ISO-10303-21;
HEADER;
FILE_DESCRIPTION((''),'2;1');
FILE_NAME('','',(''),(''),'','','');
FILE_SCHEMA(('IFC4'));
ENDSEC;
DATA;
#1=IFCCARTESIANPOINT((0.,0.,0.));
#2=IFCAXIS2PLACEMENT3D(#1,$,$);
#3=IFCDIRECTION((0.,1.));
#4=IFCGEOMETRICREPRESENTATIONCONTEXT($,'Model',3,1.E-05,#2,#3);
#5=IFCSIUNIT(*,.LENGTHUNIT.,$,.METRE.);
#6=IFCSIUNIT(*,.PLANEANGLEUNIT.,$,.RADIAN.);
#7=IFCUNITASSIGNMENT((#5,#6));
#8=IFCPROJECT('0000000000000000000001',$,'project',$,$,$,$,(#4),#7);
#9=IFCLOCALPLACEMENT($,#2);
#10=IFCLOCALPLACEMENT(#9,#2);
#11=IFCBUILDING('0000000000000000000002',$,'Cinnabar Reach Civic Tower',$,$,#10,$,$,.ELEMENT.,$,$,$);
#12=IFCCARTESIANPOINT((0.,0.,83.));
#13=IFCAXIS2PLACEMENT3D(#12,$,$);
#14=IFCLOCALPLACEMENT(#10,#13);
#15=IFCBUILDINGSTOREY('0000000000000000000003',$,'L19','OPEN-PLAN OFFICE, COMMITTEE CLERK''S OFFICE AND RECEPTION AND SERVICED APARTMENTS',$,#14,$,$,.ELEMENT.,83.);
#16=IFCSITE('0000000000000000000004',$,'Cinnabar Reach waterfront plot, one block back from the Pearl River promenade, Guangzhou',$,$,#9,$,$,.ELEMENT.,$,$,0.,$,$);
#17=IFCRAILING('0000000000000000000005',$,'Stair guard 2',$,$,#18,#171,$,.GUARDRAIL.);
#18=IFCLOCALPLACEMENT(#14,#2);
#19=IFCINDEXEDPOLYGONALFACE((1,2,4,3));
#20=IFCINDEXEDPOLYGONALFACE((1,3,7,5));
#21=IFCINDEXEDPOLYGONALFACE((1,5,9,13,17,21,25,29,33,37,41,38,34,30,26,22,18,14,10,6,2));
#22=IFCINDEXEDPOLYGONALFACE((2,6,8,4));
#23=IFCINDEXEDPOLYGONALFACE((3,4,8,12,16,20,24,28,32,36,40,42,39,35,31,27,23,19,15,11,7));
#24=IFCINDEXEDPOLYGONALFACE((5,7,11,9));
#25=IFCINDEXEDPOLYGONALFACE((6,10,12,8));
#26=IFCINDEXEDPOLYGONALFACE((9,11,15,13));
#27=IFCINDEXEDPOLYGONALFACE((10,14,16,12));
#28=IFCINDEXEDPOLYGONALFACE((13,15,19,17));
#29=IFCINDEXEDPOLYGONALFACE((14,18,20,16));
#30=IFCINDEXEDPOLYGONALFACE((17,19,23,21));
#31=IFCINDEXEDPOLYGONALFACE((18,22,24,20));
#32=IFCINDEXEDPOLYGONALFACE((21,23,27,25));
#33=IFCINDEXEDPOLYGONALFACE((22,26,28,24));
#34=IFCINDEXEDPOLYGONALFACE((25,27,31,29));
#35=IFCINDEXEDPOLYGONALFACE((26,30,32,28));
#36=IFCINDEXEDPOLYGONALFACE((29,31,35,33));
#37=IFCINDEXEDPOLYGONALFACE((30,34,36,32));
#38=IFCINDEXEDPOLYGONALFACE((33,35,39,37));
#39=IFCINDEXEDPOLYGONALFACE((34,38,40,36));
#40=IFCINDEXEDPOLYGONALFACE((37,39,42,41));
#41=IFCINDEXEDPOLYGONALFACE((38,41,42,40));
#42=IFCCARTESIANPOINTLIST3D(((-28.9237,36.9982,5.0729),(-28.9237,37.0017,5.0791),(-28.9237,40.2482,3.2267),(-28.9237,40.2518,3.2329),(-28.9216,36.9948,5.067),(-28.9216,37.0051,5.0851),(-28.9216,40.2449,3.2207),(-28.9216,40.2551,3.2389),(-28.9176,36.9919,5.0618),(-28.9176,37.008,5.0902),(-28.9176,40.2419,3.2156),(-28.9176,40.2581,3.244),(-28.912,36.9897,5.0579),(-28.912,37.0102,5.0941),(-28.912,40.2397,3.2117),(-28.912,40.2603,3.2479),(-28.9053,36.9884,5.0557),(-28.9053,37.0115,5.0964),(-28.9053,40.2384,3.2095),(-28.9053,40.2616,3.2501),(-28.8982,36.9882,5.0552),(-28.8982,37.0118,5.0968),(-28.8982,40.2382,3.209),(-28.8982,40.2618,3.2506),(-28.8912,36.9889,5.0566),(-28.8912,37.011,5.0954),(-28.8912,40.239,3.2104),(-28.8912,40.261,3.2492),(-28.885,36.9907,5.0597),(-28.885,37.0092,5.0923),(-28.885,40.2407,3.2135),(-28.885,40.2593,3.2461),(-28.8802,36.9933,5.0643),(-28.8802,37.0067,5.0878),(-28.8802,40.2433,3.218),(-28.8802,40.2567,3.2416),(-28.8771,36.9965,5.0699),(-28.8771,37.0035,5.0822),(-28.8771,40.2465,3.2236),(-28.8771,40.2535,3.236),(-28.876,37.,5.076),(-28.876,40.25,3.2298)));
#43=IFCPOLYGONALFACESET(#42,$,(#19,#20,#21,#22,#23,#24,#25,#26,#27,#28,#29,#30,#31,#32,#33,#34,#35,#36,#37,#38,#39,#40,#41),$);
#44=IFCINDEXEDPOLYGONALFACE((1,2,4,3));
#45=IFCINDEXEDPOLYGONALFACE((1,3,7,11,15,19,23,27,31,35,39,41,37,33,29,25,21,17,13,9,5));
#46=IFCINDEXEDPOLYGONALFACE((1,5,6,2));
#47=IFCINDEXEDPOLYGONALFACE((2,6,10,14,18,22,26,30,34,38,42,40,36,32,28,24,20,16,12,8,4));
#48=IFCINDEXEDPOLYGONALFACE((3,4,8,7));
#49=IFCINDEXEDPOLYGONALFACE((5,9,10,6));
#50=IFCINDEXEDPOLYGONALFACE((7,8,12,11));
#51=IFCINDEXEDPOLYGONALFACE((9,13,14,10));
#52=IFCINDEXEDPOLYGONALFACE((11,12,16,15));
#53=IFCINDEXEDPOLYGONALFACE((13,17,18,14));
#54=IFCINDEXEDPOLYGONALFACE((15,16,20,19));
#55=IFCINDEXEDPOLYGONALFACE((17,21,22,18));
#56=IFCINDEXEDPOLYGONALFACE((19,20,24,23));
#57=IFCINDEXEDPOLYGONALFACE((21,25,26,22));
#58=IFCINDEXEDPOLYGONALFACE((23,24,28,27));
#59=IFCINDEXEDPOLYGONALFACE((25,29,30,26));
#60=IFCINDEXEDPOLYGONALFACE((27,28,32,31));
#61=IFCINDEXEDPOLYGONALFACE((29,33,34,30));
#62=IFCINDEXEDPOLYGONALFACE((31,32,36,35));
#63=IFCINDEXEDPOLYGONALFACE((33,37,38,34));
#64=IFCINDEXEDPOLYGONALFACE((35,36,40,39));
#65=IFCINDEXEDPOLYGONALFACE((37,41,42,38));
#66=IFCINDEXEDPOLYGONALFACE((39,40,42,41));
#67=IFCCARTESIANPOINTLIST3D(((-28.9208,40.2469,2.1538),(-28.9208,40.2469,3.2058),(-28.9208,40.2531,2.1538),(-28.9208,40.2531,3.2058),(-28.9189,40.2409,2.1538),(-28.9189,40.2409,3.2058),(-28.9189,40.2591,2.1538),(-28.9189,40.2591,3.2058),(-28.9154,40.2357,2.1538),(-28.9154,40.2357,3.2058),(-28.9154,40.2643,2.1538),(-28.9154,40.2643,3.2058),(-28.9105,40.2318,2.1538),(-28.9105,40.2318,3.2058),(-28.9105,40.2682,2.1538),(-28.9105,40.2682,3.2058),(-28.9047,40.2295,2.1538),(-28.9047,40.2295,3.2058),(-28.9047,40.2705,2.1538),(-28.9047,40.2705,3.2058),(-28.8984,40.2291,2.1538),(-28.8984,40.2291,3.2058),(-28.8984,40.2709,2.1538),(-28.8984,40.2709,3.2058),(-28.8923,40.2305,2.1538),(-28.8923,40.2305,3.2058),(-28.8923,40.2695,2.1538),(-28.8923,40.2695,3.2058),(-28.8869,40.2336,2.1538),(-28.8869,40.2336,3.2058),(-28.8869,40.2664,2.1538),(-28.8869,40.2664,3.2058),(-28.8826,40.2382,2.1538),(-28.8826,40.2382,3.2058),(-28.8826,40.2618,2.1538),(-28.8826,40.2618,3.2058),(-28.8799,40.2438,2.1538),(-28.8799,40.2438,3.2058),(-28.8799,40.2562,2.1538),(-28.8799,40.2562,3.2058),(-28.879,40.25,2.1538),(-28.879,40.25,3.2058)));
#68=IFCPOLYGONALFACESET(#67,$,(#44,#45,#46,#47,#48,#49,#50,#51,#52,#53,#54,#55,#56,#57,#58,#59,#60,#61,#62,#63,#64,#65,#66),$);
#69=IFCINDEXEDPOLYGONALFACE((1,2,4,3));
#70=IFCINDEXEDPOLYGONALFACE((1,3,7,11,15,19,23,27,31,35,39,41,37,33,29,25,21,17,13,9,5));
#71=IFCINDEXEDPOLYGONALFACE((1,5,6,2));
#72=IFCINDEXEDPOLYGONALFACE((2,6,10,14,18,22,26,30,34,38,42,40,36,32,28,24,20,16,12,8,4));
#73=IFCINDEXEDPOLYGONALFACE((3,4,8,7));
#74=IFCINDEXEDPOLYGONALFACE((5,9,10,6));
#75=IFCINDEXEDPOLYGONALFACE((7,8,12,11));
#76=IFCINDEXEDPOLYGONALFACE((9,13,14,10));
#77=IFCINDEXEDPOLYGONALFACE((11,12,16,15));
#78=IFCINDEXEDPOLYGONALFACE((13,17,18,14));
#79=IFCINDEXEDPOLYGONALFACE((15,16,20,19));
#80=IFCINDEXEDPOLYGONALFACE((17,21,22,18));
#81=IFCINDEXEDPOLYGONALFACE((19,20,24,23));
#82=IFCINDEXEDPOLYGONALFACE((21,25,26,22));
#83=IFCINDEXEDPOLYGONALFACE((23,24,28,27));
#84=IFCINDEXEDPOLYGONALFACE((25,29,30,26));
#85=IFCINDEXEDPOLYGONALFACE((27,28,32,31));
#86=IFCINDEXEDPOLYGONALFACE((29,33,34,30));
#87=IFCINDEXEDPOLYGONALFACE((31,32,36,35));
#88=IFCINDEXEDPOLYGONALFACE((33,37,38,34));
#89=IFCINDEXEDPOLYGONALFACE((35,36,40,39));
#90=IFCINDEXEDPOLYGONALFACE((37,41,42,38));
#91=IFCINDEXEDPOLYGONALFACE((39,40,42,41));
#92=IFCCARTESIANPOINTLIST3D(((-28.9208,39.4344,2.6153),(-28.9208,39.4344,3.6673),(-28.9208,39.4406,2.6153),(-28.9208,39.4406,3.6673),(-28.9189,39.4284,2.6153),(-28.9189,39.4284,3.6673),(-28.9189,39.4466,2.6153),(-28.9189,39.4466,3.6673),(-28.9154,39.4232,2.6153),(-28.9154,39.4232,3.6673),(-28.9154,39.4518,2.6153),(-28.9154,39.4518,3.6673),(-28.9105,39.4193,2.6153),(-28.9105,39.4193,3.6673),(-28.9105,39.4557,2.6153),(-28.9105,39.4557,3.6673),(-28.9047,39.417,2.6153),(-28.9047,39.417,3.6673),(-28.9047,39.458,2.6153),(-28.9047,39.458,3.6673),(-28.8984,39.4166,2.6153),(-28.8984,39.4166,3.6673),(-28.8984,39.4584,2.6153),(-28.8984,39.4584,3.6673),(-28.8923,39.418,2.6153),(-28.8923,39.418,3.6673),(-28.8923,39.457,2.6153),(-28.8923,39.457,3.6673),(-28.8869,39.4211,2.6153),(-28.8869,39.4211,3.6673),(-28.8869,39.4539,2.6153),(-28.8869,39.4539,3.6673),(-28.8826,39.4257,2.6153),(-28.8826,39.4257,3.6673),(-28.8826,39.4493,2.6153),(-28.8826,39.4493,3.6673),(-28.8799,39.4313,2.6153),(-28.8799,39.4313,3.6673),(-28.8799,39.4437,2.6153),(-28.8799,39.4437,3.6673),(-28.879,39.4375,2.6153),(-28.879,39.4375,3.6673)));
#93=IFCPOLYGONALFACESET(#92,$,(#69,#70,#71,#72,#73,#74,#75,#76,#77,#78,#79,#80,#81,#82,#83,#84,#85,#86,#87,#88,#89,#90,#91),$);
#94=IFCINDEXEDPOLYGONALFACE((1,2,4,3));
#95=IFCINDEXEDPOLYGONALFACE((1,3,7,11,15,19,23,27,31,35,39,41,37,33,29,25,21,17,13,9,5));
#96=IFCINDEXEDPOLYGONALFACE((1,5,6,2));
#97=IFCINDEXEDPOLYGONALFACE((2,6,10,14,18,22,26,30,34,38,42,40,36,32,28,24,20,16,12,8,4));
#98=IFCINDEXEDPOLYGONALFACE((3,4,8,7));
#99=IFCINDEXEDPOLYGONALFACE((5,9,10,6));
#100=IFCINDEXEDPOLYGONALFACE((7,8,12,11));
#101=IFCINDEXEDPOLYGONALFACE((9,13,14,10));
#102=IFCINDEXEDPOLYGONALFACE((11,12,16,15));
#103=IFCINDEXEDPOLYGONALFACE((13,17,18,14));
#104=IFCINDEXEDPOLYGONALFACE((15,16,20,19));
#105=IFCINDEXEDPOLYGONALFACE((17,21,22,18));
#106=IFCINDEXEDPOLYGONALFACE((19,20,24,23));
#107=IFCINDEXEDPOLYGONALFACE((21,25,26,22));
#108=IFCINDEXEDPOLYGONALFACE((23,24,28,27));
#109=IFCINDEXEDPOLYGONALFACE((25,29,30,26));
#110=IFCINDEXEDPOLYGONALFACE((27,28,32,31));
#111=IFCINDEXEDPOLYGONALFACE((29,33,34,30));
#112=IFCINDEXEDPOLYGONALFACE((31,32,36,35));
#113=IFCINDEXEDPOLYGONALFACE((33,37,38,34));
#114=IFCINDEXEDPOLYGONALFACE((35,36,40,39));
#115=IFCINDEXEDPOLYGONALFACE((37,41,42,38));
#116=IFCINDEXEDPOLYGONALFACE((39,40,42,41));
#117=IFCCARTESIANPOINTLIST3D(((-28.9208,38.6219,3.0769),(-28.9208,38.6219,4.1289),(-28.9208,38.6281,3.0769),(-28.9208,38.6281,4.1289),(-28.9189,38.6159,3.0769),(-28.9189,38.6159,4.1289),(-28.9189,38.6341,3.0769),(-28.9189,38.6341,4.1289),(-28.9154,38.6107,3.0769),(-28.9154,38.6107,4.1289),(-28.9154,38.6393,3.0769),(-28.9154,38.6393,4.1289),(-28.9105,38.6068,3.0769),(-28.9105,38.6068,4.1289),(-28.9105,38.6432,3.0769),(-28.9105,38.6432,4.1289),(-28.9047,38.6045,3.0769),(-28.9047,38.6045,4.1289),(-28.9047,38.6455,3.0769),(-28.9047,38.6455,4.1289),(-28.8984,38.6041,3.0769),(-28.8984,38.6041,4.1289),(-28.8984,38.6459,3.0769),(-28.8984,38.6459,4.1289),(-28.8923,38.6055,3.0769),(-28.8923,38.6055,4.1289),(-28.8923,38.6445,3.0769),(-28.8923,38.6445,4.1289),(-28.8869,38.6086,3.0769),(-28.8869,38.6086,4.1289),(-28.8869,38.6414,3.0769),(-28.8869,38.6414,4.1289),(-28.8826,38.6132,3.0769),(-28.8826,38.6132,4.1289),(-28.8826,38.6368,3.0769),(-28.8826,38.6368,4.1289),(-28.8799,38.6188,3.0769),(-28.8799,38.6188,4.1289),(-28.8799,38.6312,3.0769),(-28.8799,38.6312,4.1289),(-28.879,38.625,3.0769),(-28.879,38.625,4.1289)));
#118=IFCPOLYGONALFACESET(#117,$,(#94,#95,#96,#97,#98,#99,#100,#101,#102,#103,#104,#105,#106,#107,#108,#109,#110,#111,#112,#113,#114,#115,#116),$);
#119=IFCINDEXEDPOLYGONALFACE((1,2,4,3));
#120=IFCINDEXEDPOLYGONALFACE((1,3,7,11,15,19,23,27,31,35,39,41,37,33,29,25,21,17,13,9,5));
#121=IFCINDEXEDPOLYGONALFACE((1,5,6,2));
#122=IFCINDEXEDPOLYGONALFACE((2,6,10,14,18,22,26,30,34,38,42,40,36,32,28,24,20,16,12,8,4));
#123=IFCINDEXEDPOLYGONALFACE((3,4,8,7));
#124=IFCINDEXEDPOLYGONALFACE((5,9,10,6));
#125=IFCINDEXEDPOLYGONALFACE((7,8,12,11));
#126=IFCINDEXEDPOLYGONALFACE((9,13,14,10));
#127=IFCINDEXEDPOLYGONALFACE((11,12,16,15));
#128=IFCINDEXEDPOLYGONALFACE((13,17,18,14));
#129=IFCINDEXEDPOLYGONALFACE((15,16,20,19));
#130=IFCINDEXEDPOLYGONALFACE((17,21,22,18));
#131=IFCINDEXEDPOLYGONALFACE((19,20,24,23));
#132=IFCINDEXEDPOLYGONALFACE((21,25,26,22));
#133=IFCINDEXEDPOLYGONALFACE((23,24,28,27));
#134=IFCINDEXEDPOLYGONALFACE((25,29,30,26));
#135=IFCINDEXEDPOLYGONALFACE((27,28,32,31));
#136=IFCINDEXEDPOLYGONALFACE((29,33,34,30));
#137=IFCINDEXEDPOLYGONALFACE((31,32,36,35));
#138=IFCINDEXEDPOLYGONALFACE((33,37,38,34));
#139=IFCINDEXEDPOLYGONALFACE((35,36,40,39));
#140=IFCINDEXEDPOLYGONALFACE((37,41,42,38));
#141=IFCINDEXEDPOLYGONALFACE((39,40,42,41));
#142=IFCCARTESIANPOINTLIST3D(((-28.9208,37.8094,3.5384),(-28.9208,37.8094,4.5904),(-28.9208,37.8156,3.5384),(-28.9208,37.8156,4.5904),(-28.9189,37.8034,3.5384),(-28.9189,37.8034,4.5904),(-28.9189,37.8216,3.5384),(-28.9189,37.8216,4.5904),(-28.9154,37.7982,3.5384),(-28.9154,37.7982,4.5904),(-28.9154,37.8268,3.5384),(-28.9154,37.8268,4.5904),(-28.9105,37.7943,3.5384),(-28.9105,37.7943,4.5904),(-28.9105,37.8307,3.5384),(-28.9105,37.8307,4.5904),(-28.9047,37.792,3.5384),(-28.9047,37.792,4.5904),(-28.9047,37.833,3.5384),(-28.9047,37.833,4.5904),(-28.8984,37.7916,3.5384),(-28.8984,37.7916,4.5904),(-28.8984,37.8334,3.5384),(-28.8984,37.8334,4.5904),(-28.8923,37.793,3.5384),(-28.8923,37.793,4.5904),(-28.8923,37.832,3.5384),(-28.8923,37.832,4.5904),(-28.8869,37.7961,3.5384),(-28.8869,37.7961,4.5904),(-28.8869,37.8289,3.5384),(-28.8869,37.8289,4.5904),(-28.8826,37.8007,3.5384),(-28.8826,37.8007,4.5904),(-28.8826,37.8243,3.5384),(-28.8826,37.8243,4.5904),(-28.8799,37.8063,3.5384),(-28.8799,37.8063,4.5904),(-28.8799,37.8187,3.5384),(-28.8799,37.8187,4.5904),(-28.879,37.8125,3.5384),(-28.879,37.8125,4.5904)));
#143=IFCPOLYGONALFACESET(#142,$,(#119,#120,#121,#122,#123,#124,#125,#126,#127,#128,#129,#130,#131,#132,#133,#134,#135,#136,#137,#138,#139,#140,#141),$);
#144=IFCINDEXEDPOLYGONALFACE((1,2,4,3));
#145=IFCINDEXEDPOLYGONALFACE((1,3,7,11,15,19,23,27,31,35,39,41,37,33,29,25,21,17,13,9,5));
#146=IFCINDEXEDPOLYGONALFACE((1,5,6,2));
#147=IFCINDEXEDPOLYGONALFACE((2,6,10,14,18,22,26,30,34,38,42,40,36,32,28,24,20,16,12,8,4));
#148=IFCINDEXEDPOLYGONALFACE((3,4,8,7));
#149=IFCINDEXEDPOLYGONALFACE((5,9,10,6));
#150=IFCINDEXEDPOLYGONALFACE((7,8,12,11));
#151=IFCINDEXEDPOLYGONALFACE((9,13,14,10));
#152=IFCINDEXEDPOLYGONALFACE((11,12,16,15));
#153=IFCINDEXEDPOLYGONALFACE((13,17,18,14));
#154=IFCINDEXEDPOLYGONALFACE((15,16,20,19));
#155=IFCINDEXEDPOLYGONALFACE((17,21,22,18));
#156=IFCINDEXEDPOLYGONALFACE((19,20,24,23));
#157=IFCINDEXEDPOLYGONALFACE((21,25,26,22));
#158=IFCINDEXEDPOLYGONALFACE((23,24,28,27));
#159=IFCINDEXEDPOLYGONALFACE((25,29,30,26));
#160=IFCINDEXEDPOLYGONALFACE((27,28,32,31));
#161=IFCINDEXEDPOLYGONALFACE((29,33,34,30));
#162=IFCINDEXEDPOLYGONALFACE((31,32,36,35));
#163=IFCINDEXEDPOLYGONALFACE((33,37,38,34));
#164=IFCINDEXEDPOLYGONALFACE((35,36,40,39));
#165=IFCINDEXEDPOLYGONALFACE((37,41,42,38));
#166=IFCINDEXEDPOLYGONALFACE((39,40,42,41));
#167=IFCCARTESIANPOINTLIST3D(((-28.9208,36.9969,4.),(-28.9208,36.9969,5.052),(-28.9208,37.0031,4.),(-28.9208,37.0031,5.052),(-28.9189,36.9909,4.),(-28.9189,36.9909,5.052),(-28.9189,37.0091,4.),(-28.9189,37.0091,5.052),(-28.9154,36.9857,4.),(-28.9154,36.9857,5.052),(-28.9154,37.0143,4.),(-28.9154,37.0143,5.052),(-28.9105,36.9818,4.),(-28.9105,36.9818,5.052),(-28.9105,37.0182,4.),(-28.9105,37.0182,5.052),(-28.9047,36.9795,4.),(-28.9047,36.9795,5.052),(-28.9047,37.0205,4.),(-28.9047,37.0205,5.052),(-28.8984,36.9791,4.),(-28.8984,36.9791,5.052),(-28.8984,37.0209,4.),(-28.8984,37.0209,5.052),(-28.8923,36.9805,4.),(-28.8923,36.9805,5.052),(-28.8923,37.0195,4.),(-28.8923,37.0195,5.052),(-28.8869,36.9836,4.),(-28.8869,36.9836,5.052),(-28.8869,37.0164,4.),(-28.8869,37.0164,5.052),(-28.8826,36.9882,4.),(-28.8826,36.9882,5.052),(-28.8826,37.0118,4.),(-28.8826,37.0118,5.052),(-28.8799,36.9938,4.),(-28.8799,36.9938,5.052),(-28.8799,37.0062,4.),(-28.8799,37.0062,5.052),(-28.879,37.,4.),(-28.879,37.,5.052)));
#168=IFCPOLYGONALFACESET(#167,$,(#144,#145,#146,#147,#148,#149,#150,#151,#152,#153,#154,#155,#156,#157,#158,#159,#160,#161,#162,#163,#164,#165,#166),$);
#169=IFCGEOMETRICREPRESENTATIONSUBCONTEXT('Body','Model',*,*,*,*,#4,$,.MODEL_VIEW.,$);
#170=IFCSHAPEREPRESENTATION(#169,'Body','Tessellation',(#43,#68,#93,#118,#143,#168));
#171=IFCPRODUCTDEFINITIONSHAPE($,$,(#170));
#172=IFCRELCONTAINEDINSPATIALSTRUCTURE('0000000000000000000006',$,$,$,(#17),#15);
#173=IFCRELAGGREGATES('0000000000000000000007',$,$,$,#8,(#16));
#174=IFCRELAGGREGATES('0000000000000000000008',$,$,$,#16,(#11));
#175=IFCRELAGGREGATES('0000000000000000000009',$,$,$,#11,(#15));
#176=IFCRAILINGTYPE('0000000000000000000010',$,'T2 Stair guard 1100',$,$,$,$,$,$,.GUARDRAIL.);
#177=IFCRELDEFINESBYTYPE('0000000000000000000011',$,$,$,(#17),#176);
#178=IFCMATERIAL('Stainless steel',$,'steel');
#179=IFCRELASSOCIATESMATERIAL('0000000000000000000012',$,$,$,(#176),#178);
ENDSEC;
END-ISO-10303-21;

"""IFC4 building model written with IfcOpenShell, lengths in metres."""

from ifc_helpers import new_model, si_unit, direction, frame, origin, origin_2d, place, context, subcontext, project, spatial, circle, extrude, material, type_object, element, save


model = new_model("IFC4")

# Units and contexts
model_context = context("Model", 3, precision=1e-05, world=origin(), true_north=direction((0.0, 1.0)))
body_context = subcontext(model_context, "Body", "Model", "MODEL_VIEW")
ifc_project = project(units=[si_unit("LENGTHUNIT", "METRE"), si_unit("PLANEANGLEUNIT", "RADIAN")], contexts=[model_context])

# Site, building, storey
site_placement = place(None, origin())
site = spatial("IfcSite", under=ifc_project, at=site_placement, Name="Cinnabar Reach waterfront plot, one block back from the Pearl River promenade, Guangzhou", CompositionType="ELEMENT", RefElevation=0.0)
building_placement = place(site_placement, origin())
building = spatial("IfcBuilding", under=site, at=building_placement, Name="Cinnabar Reach Civic Tower", CompositionType="ELEMENT")
storey_placement = place(building_placement, frame((0.0, 0.0, 83.0)))
storey = spatial("IfcBuildingStorey", under=building, at=storey_placement, Name="L19", Description="OPEN-PLAN OFFICE, COMMITTEE CLERK'S OFFICE AND RECEPTION AND SERVICED APARTMENTS", CompositionType="ELEMENT", Elevation=83.0)

# Railing
ifc_material_1 = material(Name="Stainless steel", Category="steel")
railing_type_1 = type_object("IfcRailingType", Name="T2 Stair guard 1100", PredefinedType="GUARDRAIL", material=ifc_material_1)
railing_1_placement = place(storey_placement, frame((-28.9, 40.25, 2.1538)))
element("IfcRailing", 1, at=railing_1_placement, inside=storey, type_object=railing_type_1, Name="Stair guard 2", PredefinedType="GUARDRAIL", context=body_context, shape_type="SweptSolid", body=[
    extrude(circle(Radius=0.024, at=origin_2d()), frame((0.0, 0.0, 1.076), z_axis=(0.0, -0.869501, 0.49393), x_axis=(1.0, 0.0, 0.0)), (0.0, 0.0, 1.0), 3.7378),
    extrude(circle(Radius=0.021, at=origin_2d()), origin(), (0.0, 0.0, 1.0), 1.052),
    extrude(circle(Radius=0.021, at=origin_2d()), frame((0.0, -0.8125, 0.4615)), (0.0, 0.0, 1.0), 1.052),
    extrude(circle(Radius=0.021, at=origin_2d()), frame((0.0, -1.625, 0.9231)), (0.0, 0.0, 1.0), 1.052),
    extrude(circle(Radius=0.021, at=origin_2d()), frame((0.0, -2.4375, 1.3846)), (0.0, 0.0, 1.0), 1.052),
    extrude(circle(Radius=0.021, at=origin_2d()), frame((0.0, -3.25, 1.8462)), (0.0, 0.0, 1.0), 1.052),
])

save(model, "model.ifc")
